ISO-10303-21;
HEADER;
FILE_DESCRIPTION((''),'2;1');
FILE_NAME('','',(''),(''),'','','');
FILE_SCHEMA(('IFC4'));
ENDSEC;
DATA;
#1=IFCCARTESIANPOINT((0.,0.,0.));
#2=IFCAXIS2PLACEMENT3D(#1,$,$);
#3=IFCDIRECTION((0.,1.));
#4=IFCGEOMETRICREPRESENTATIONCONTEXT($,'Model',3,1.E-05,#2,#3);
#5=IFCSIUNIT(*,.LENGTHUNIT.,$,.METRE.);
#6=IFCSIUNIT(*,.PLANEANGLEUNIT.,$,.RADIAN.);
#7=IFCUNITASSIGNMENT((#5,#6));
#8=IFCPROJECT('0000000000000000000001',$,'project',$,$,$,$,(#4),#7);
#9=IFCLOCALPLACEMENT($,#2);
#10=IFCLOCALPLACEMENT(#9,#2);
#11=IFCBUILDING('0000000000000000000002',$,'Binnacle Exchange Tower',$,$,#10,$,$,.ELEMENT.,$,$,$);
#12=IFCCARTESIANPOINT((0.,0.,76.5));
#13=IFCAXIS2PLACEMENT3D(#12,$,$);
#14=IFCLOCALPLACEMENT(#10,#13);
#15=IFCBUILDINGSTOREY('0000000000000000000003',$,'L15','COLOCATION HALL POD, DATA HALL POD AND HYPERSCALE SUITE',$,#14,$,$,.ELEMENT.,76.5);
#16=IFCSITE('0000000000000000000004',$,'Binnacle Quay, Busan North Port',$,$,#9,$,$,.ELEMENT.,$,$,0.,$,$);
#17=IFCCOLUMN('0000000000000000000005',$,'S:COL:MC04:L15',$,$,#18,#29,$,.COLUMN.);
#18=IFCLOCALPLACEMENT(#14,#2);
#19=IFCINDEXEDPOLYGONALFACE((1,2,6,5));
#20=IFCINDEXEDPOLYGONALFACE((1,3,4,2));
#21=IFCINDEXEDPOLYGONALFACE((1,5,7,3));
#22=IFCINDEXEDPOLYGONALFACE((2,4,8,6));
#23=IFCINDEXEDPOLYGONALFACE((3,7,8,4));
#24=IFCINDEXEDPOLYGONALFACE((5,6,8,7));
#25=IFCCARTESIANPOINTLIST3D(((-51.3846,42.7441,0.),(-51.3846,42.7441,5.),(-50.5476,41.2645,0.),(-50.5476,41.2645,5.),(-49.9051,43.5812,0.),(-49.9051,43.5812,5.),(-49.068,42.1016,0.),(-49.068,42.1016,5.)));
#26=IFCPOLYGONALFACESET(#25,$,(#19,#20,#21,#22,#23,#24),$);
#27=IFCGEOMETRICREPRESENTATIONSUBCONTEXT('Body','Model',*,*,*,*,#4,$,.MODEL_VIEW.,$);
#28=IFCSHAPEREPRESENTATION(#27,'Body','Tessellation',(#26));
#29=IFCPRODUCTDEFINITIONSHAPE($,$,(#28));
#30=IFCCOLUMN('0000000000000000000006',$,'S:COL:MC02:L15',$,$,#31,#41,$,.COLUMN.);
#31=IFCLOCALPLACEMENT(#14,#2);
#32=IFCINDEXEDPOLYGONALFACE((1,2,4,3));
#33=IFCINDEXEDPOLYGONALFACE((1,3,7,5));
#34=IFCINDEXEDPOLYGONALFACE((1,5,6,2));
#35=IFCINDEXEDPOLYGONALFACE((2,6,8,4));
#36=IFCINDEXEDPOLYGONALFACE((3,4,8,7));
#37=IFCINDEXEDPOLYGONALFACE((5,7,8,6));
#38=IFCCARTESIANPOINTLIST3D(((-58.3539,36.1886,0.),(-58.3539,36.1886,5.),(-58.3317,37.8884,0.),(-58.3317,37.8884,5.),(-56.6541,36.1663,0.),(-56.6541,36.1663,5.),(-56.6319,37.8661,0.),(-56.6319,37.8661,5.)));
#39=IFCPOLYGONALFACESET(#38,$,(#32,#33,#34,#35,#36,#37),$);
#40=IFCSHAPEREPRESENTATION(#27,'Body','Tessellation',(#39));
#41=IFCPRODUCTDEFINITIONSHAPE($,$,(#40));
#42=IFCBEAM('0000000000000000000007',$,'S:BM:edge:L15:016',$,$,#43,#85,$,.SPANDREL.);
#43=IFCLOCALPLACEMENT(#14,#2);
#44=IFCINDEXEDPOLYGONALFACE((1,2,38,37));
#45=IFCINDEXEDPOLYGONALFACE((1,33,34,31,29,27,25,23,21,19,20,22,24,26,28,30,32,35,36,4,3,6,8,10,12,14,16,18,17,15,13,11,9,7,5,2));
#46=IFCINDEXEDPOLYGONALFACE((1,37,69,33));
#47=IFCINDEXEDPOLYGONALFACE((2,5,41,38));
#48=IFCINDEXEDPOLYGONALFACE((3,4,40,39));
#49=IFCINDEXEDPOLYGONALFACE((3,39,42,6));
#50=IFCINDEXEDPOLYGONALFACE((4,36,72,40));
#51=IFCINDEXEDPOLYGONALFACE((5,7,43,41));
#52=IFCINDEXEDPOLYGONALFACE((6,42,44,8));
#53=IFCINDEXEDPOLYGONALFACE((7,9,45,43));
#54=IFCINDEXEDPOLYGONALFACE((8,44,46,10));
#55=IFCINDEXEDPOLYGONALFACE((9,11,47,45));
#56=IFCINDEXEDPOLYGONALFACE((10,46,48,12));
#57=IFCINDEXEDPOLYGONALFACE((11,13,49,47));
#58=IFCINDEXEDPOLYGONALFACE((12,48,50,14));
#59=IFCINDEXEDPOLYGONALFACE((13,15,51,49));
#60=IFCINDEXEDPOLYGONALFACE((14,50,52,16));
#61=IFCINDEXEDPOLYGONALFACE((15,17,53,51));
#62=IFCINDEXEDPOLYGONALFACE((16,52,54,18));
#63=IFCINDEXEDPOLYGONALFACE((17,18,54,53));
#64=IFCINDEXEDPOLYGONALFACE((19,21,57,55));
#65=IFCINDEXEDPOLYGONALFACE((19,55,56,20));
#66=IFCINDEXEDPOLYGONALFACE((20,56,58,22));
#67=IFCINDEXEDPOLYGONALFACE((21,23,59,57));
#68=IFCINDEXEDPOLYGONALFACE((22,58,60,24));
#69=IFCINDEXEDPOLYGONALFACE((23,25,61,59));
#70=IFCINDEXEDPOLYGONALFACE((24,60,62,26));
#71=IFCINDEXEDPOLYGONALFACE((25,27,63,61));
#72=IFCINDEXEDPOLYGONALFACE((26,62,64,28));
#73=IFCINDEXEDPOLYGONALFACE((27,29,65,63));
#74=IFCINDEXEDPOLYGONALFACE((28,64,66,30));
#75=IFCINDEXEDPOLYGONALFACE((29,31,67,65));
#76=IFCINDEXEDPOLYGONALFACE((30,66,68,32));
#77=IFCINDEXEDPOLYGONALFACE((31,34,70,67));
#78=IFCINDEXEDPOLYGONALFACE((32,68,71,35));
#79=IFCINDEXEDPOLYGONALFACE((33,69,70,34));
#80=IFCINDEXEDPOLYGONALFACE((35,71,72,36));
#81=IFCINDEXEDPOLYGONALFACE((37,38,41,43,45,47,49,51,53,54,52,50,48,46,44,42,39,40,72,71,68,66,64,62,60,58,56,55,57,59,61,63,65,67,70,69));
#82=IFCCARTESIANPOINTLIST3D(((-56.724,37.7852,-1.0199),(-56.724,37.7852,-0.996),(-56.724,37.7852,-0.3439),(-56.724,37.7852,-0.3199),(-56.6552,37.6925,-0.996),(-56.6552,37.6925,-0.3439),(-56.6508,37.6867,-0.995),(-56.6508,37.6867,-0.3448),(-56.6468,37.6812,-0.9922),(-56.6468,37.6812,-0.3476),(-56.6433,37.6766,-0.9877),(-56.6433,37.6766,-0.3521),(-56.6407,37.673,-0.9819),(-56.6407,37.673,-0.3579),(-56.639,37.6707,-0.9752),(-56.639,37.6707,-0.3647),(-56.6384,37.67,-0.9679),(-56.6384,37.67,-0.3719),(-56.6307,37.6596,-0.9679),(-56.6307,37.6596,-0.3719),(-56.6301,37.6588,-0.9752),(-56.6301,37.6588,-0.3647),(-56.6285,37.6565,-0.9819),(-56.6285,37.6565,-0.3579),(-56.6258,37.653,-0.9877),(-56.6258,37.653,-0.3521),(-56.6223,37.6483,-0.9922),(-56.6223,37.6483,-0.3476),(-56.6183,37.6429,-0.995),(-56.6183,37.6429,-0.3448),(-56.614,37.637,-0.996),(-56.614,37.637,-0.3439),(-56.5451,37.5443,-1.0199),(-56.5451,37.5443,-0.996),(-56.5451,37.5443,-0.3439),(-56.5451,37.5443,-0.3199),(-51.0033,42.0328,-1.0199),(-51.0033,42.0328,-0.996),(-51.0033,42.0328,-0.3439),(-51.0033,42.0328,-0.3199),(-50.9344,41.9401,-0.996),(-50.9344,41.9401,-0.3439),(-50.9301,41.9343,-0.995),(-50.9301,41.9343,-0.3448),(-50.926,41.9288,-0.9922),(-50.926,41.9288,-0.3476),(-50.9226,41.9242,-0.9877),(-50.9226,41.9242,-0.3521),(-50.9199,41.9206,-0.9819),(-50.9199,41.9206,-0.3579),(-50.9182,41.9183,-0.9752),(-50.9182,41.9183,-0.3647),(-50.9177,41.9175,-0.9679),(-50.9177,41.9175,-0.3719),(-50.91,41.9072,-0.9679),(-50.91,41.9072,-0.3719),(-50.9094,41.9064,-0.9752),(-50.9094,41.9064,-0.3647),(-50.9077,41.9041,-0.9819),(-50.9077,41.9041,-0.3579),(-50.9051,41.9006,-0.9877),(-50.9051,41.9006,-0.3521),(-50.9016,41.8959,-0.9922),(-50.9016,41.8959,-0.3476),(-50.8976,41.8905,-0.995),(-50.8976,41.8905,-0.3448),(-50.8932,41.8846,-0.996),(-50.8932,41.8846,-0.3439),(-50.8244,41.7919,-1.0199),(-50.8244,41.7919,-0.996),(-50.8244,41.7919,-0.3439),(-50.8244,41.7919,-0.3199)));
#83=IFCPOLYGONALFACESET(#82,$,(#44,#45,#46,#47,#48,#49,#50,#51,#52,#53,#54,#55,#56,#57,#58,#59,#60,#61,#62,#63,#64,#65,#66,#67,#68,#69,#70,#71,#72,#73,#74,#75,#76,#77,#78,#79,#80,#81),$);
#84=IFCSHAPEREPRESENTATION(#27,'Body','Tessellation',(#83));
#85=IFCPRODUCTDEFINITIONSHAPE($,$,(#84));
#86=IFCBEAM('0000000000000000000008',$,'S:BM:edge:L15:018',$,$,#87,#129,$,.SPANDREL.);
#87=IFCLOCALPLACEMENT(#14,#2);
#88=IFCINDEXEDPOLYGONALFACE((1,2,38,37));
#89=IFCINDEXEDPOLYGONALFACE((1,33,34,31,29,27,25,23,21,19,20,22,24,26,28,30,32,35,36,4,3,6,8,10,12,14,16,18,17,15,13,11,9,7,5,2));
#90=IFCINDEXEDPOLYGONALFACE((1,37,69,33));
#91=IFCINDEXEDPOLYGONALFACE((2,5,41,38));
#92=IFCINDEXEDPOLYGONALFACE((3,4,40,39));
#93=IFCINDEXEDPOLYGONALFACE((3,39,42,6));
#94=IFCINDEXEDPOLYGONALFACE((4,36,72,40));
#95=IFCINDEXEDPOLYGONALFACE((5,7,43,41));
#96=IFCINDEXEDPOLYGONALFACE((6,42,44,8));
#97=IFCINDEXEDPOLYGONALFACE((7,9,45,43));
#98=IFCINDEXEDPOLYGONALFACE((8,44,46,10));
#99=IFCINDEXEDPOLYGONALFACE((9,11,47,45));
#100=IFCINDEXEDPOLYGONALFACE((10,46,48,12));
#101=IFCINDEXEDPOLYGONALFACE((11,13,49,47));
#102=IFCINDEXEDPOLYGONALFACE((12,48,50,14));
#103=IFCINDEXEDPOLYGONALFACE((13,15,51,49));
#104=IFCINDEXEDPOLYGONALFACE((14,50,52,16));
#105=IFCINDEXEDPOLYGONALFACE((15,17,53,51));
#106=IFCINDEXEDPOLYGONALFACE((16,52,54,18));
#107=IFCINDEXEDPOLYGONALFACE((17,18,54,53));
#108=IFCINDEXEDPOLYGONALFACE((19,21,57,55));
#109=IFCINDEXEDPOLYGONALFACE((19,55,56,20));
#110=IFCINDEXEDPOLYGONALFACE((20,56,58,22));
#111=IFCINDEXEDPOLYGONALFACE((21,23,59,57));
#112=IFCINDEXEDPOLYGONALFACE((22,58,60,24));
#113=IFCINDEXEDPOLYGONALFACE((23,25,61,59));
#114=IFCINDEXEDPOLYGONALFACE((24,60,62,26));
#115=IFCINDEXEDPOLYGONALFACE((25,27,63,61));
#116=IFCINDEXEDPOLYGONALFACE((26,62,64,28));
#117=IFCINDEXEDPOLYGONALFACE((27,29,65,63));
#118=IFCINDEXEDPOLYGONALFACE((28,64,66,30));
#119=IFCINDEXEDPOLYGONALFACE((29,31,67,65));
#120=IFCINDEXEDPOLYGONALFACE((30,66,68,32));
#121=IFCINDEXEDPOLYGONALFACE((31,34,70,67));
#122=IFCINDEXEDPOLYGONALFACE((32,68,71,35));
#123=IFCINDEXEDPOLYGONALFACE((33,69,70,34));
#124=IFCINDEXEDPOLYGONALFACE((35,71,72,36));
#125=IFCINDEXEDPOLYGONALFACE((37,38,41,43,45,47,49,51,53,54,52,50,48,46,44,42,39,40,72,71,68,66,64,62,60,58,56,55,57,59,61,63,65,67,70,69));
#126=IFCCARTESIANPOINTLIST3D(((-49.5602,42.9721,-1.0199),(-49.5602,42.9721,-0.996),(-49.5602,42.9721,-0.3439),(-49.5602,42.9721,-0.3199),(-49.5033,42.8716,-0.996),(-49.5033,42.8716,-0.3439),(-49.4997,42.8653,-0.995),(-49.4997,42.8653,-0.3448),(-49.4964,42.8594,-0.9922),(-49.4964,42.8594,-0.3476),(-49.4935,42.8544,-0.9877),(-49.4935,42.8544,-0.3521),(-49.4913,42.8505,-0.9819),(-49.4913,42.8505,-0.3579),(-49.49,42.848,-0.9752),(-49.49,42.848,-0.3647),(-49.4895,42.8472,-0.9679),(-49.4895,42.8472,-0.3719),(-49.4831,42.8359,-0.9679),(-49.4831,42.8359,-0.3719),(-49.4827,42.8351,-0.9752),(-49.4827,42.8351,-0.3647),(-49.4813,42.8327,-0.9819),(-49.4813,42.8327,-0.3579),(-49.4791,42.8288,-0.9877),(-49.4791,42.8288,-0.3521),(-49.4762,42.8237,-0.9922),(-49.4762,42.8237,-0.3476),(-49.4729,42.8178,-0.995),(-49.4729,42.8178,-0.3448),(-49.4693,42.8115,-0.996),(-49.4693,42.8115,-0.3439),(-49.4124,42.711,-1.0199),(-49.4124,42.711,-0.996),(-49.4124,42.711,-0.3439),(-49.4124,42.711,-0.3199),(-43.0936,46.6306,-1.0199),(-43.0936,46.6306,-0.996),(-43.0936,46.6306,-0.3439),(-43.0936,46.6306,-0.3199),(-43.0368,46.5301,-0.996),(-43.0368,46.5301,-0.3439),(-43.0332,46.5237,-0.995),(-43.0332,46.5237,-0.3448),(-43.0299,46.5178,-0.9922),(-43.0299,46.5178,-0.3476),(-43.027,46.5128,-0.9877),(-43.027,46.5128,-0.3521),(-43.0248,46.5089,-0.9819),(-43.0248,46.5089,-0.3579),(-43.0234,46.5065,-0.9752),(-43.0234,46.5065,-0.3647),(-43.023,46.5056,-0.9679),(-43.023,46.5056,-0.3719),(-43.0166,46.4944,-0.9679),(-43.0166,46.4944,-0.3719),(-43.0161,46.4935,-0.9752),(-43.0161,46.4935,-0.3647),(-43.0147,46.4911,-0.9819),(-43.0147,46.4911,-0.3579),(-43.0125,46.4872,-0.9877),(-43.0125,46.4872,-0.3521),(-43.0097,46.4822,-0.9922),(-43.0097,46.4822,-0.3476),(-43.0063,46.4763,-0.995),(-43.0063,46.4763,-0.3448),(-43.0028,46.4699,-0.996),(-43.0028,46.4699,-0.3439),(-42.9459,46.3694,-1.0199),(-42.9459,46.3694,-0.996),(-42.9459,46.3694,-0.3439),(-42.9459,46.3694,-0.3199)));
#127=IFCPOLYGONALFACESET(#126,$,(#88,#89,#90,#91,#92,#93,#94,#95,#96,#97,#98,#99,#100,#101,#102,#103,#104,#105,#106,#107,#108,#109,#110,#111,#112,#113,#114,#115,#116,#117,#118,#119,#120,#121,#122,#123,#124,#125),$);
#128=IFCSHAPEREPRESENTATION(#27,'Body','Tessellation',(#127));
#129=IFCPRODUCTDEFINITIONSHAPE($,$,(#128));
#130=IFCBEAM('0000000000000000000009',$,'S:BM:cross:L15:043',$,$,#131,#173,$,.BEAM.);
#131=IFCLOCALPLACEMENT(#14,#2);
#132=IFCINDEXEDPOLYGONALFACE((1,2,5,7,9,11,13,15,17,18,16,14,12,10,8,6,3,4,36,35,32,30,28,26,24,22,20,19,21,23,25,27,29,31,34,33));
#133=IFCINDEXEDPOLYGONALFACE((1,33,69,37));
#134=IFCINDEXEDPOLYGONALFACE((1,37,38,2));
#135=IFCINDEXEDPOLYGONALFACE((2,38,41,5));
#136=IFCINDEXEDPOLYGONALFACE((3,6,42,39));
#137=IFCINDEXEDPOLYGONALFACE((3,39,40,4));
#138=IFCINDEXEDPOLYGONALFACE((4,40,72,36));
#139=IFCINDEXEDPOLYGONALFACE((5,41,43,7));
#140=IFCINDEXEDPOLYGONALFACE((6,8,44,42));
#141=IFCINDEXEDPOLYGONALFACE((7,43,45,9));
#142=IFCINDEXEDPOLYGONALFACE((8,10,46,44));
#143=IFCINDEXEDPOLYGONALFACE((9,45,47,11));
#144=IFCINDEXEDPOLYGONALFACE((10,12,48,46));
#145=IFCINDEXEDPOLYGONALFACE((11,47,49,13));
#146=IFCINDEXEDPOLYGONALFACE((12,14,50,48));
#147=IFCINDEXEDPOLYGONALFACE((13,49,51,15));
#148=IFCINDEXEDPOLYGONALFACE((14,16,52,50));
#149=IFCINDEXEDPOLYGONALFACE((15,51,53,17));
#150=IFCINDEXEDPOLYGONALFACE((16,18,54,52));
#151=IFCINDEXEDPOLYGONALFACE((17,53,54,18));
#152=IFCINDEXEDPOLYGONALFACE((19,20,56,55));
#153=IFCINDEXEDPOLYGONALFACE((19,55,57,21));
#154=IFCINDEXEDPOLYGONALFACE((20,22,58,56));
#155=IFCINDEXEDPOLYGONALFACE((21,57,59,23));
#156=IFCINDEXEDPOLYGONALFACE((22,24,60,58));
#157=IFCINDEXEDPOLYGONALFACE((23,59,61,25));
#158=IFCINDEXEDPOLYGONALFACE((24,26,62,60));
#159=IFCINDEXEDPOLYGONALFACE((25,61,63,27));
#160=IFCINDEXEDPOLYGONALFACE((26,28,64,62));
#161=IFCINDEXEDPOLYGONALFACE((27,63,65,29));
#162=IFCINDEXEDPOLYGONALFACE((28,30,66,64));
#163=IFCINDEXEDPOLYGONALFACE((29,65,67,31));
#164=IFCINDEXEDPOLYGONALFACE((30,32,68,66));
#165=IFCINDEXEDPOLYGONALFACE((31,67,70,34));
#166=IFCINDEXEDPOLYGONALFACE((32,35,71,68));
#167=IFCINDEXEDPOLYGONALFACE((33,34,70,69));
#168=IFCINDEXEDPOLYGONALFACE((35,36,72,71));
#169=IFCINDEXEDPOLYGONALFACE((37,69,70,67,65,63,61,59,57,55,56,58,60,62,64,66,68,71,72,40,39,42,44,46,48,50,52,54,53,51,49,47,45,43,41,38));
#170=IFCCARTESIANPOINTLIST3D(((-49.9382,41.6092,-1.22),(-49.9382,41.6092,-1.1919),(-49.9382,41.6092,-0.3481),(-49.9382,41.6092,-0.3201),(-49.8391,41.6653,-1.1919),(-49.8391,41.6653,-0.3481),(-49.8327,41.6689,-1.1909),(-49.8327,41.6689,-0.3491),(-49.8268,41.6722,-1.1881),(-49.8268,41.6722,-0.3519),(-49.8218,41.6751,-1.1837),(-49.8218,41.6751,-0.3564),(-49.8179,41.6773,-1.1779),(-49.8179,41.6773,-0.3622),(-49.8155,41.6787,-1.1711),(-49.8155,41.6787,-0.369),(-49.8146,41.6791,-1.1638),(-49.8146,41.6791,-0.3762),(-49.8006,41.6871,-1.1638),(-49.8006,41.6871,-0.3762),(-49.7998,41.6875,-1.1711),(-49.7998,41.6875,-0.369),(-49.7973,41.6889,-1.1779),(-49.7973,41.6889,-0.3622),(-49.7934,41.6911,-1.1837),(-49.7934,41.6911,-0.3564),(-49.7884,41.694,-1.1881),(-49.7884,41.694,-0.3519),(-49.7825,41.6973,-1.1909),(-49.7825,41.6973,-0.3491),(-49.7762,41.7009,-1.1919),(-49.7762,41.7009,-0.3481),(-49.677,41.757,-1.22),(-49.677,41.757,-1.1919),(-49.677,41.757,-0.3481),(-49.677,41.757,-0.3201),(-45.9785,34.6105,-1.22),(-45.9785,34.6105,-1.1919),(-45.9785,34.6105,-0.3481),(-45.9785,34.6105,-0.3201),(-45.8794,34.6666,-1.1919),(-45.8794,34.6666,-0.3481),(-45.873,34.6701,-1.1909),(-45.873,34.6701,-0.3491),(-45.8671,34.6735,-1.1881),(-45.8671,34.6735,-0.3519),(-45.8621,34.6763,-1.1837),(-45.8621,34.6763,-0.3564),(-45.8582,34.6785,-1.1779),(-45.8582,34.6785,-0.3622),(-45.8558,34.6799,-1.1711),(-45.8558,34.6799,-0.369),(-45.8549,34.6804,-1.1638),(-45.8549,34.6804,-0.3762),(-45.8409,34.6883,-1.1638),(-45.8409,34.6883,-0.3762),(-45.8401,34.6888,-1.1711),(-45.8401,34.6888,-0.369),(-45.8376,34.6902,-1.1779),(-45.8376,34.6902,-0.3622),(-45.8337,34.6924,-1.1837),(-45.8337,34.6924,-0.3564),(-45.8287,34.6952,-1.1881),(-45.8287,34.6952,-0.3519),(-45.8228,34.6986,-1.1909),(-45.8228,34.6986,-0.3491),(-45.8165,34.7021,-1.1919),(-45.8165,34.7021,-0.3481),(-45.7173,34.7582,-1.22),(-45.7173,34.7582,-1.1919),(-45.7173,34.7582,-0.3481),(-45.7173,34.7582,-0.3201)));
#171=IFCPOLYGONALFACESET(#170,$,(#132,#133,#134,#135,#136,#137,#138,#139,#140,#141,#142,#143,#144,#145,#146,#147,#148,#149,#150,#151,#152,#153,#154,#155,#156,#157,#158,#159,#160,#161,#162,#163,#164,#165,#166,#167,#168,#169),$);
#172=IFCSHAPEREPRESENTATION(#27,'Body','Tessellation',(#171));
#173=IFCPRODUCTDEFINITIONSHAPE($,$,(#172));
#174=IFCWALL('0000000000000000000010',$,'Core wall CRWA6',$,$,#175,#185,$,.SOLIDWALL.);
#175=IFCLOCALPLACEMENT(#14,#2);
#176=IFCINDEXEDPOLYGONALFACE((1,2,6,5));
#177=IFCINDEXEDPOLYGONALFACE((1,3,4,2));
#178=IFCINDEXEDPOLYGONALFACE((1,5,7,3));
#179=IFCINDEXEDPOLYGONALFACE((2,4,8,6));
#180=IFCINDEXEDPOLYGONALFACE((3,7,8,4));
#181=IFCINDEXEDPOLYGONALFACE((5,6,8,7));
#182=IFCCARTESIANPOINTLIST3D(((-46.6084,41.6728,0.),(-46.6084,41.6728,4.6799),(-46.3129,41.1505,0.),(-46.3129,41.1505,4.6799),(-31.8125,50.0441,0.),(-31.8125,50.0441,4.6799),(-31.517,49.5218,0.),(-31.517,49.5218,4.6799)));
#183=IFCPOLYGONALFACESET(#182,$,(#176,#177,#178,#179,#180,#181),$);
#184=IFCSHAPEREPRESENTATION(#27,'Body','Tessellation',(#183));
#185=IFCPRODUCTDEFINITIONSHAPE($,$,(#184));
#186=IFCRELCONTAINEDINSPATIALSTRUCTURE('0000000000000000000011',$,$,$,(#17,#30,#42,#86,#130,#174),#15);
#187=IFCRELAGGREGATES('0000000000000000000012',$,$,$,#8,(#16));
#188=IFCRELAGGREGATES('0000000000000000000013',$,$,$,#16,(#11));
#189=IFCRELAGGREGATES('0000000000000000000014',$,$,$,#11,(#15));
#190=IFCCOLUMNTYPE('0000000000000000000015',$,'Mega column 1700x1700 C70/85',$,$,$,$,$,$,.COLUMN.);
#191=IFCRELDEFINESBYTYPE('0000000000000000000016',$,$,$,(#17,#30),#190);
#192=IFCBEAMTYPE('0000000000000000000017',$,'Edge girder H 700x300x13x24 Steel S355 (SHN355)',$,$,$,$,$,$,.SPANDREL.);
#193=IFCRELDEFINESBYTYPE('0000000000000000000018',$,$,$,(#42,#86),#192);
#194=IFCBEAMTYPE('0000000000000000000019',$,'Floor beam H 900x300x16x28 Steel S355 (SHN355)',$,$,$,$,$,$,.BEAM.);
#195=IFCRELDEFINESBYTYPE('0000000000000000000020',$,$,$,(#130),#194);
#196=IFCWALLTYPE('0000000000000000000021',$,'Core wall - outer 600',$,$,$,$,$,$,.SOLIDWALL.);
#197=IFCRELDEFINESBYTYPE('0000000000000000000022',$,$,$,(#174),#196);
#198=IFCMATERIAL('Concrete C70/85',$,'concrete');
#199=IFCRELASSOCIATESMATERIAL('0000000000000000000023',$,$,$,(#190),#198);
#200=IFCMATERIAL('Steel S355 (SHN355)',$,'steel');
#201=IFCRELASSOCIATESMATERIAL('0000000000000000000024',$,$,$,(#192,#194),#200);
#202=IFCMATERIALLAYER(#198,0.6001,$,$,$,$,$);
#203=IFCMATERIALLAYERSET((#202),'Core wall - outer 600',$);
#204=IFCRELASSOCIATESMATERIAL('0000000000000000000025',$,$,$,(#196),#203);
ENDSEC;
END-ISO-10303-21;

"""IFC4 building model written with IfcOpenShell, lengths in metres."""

from ifc_helpers import new_model, si_unit, direction, frame, frame_2d, origin, origin_2d, place, context, subcontext, project, spatial, rectangle, i_section, extrude, material, layer, layer_set, material_profile, profile_set, type_object, element, save


model = new_model("IFC4")

# Units and contexts
model_context = context("Model", 3, precision=1e-05, world=origin(), true_north=direction((0.0, 1.0)))
body_context = subcontext(model_context, "Body", "Model", "MODEL_VIEW")
ifc_project = project(units=[si_unit("LENGTHUNIT", "METRE"), si_unit("PLANEANGLEUNIT", "RADIAN")], contexts=[model_context])

# Site, building, storey
site_placement = place(None, origin())
site = spatial("IfcSite", under=ifc_project, at=site_placement, Name="Binnacle Quay, Busan North Port", CompositionType="ELEMENT", RefElevation=0.0)
building_placement = place(site_placement, origin())
building = spatial("IfcBuilding", under=site, at=building_placement, Name="Binnacle Exchange Tower", CompositionType="ELEMENT")
storey_placement = place(building_placement, frame((0.0, 0.0, 76.5)))
storey = spatial("IfcBuildingStorey", under=building, at=storey_placement, Name="L15", Description="COLOCATION HALL POD, DATA HALL POD AND HYPERSCALE SUITE", CompositionType="ELEMENT", Elevation=76.5)

# Columns
ifc_material_1 = material(Name="Concrete C70/85", Category="concrete")
ifc_material_profile_1 = material_profile(ifc_material_1, rectangle(XDim=1.7, YDim=1.7, at=origin_2d()), Name="Mega column 1700x1700 C70/85")
ifc_profile_set_1 = profile_set([ifc_material_profile_1], Name="Concrete C70/85")
column_type = type_object("IfcColumnType", Name="Mega column 1700x1700 C70/85", PredefinedType="COLUMN", material=ifc_profile_set_1)
for number, where, z_axis, x_axis, name in (
    (1, (-50.2263, 42.4229, 0.0), (0.0, 0.0, 1.0), (-0.870356, -0.492424, 0.0), "S:COL:MC04:L15"),
    (2, (-57.4929, 37.0273, 0.0), (0.0, 0.0, 1.0), (-0.01309, -0.999914, 0.0), "S:COL:MC02:L15"),
):
    element("IfcColumn", number, at=place(storey_placement, frame(where, z_axis=z_axis, x_axis=x_axis)), inside=storey, type_object=column_type, Name=name, PredefinedType="COLUMN", context=body_context, shape_type="SweptSolid", body=[
        extrude(rectangle(XDim=1.7, YDim=1.7, at=origin_2d()), origin(), (0.0, 0.0, 1.0), 5.0),
    ])

# Beams
ifc_material_2 = material(Name="Steel S355 (SHN355)", Category="steel")
ifc_material_profile_2 = material_profile(ifc_material_2, i_section(OverallWidth=0.3, OverallDepth=0.7, WebThickness=0.0129, FlangeThickness=0.0239, FilletRadius=0.0281, at=origin_2d()), Name="H 700x300x13x24")
ifc_profile_set_2 = profile_set([ifc_material_profile_2], Name="Steel S355 (SHN355)")
beam_type_1 = type_object("IfcBeamType", Name="Edge girder H 700x300x13x24 Steel S355 (SHN355)", PredefinedType="SPANDREL", material=ifc_profile_set_2)
beam_1_placement = place(storey_placement, frame((-50.9138, 41.9124, -0.6699), z_axis=(-0.802885, -0.596133, 0.0), x_axis=(0.596133, -0.802885, 0.0)))
element("IfcBeam", 3, at=beam_1_placement, inside=storey, type_object=beam_type_1, Name="S:BM:edge:L15:016", PredefinedType="SPANDREL", context=body_context, shape_type="SweptSolid", body=[
    extrude(i_section(OverallWidth=0.3, OverallDepth=0.7, WebThickness=0.0129, FlangeThickness=0.0239, FilletRadius=0.0281, at=origin_2d()), origin(), (0.0, 0.0, 1.0), 7.1252),
])
beam_2_placement = place(storey_placement, frame((-43.0198, 46.5, -0.6699), z_axis=(-0.870364, -0.492408, 0.0), x_axis=(0.492408, -0.870364, 0.0)))
element("IfcBeam", 4, at=beam_2_placement, inside=storey, type_object=beam_type_1, Name="S:BM:edge:L15:018", PredefinedType="SPANDREL", context=body_context, shape_type="SweptSolid", body=[
    extrude(i_section(OverallWidth=0.3, OverallDepth=0.7, WebThickness=0.0129, FlangeThickness=0.0239, FilletRadius=0.0281, at=origin_2d()), origin(), (0.0, 0.0, 1.0), 7.4297),
])
ifc_material_profile_3 = material_profile(ifc_material_2, i_section(OverallWidth=0.3, OverallDepth=0.8999, WebThickness=0.0161, FlangeThickness=0.0281, FilletRadius=0.0281, at=origin_2d()), Name="H 900x300x16x28")
ifc_profile_set_3 = profile_set([ifc_material_profile_3], Name="Steel S355 (SHN355)")
beam_type_2 = type_object("IfcBeamType", Name="Floor beam H 900x300x16x28 Steel S355 (SHN355)", PredefinedType="BEAM", material=ifc_profile_set_3)
beam_3_placement = place(storey_placement, frame((-49.8076, 41.6831, -0.77), z_axis=(0.492423, -0.870356, 0.0), x_axis=(0.870356, 0.492423, 0.0)))
element("IfcBeam", 5, at=beam_3_placement, inside=storey, type_object=beam_type_2, Name="S:BM:cross:L15:043", PredefinedType="BEAM", context=body_context, shape_type="SweptSolid", body=[
    extrude(i_section(OverallWidth=0.3, OverallDepth=0.8999, WebThickness=0.0161, FlangeThickness=0.0281, FilletRadius=0.0281, at=origin_2d()), origin(), (0.0, 0.0, 1.0), 8.0413),
])

# Wall
ifc_layer_1 = layer(ifc_material_1, 0.6001)
ifc_layer_set_1 = layer_set([ifc_layer_1], Name="Core wall - outer 600")
wall_type_1 = type_object("IfcWallType", Name="Core wall - outer 600", PredefinedType="SOLIDWALL", material=ifc_layer_set_1)
wall_1_placement = place(storey_placement, frame((-46.4607, 41.4116, 0.0), z_axis=(0.0, 0.0, 1.0), x_axis=(0.87035, 0.492433, 0.0)))
element("IfcWall", 6, at=wall_1_placement, inside=storey, type_object=wall_type_1, Name="Core wall CRWA6", PredefinedType="SOLIDWALL", context=body_context, shape_type="SweptSolid", body=[
    extrude(rectangle(XDim=17.0, YDim=0.6001, at=frame_2d((8.5, 0.0))), origin(), (0.0, 0.0, 1.0), 4.6799),
])

save(model, "model.ifc")
